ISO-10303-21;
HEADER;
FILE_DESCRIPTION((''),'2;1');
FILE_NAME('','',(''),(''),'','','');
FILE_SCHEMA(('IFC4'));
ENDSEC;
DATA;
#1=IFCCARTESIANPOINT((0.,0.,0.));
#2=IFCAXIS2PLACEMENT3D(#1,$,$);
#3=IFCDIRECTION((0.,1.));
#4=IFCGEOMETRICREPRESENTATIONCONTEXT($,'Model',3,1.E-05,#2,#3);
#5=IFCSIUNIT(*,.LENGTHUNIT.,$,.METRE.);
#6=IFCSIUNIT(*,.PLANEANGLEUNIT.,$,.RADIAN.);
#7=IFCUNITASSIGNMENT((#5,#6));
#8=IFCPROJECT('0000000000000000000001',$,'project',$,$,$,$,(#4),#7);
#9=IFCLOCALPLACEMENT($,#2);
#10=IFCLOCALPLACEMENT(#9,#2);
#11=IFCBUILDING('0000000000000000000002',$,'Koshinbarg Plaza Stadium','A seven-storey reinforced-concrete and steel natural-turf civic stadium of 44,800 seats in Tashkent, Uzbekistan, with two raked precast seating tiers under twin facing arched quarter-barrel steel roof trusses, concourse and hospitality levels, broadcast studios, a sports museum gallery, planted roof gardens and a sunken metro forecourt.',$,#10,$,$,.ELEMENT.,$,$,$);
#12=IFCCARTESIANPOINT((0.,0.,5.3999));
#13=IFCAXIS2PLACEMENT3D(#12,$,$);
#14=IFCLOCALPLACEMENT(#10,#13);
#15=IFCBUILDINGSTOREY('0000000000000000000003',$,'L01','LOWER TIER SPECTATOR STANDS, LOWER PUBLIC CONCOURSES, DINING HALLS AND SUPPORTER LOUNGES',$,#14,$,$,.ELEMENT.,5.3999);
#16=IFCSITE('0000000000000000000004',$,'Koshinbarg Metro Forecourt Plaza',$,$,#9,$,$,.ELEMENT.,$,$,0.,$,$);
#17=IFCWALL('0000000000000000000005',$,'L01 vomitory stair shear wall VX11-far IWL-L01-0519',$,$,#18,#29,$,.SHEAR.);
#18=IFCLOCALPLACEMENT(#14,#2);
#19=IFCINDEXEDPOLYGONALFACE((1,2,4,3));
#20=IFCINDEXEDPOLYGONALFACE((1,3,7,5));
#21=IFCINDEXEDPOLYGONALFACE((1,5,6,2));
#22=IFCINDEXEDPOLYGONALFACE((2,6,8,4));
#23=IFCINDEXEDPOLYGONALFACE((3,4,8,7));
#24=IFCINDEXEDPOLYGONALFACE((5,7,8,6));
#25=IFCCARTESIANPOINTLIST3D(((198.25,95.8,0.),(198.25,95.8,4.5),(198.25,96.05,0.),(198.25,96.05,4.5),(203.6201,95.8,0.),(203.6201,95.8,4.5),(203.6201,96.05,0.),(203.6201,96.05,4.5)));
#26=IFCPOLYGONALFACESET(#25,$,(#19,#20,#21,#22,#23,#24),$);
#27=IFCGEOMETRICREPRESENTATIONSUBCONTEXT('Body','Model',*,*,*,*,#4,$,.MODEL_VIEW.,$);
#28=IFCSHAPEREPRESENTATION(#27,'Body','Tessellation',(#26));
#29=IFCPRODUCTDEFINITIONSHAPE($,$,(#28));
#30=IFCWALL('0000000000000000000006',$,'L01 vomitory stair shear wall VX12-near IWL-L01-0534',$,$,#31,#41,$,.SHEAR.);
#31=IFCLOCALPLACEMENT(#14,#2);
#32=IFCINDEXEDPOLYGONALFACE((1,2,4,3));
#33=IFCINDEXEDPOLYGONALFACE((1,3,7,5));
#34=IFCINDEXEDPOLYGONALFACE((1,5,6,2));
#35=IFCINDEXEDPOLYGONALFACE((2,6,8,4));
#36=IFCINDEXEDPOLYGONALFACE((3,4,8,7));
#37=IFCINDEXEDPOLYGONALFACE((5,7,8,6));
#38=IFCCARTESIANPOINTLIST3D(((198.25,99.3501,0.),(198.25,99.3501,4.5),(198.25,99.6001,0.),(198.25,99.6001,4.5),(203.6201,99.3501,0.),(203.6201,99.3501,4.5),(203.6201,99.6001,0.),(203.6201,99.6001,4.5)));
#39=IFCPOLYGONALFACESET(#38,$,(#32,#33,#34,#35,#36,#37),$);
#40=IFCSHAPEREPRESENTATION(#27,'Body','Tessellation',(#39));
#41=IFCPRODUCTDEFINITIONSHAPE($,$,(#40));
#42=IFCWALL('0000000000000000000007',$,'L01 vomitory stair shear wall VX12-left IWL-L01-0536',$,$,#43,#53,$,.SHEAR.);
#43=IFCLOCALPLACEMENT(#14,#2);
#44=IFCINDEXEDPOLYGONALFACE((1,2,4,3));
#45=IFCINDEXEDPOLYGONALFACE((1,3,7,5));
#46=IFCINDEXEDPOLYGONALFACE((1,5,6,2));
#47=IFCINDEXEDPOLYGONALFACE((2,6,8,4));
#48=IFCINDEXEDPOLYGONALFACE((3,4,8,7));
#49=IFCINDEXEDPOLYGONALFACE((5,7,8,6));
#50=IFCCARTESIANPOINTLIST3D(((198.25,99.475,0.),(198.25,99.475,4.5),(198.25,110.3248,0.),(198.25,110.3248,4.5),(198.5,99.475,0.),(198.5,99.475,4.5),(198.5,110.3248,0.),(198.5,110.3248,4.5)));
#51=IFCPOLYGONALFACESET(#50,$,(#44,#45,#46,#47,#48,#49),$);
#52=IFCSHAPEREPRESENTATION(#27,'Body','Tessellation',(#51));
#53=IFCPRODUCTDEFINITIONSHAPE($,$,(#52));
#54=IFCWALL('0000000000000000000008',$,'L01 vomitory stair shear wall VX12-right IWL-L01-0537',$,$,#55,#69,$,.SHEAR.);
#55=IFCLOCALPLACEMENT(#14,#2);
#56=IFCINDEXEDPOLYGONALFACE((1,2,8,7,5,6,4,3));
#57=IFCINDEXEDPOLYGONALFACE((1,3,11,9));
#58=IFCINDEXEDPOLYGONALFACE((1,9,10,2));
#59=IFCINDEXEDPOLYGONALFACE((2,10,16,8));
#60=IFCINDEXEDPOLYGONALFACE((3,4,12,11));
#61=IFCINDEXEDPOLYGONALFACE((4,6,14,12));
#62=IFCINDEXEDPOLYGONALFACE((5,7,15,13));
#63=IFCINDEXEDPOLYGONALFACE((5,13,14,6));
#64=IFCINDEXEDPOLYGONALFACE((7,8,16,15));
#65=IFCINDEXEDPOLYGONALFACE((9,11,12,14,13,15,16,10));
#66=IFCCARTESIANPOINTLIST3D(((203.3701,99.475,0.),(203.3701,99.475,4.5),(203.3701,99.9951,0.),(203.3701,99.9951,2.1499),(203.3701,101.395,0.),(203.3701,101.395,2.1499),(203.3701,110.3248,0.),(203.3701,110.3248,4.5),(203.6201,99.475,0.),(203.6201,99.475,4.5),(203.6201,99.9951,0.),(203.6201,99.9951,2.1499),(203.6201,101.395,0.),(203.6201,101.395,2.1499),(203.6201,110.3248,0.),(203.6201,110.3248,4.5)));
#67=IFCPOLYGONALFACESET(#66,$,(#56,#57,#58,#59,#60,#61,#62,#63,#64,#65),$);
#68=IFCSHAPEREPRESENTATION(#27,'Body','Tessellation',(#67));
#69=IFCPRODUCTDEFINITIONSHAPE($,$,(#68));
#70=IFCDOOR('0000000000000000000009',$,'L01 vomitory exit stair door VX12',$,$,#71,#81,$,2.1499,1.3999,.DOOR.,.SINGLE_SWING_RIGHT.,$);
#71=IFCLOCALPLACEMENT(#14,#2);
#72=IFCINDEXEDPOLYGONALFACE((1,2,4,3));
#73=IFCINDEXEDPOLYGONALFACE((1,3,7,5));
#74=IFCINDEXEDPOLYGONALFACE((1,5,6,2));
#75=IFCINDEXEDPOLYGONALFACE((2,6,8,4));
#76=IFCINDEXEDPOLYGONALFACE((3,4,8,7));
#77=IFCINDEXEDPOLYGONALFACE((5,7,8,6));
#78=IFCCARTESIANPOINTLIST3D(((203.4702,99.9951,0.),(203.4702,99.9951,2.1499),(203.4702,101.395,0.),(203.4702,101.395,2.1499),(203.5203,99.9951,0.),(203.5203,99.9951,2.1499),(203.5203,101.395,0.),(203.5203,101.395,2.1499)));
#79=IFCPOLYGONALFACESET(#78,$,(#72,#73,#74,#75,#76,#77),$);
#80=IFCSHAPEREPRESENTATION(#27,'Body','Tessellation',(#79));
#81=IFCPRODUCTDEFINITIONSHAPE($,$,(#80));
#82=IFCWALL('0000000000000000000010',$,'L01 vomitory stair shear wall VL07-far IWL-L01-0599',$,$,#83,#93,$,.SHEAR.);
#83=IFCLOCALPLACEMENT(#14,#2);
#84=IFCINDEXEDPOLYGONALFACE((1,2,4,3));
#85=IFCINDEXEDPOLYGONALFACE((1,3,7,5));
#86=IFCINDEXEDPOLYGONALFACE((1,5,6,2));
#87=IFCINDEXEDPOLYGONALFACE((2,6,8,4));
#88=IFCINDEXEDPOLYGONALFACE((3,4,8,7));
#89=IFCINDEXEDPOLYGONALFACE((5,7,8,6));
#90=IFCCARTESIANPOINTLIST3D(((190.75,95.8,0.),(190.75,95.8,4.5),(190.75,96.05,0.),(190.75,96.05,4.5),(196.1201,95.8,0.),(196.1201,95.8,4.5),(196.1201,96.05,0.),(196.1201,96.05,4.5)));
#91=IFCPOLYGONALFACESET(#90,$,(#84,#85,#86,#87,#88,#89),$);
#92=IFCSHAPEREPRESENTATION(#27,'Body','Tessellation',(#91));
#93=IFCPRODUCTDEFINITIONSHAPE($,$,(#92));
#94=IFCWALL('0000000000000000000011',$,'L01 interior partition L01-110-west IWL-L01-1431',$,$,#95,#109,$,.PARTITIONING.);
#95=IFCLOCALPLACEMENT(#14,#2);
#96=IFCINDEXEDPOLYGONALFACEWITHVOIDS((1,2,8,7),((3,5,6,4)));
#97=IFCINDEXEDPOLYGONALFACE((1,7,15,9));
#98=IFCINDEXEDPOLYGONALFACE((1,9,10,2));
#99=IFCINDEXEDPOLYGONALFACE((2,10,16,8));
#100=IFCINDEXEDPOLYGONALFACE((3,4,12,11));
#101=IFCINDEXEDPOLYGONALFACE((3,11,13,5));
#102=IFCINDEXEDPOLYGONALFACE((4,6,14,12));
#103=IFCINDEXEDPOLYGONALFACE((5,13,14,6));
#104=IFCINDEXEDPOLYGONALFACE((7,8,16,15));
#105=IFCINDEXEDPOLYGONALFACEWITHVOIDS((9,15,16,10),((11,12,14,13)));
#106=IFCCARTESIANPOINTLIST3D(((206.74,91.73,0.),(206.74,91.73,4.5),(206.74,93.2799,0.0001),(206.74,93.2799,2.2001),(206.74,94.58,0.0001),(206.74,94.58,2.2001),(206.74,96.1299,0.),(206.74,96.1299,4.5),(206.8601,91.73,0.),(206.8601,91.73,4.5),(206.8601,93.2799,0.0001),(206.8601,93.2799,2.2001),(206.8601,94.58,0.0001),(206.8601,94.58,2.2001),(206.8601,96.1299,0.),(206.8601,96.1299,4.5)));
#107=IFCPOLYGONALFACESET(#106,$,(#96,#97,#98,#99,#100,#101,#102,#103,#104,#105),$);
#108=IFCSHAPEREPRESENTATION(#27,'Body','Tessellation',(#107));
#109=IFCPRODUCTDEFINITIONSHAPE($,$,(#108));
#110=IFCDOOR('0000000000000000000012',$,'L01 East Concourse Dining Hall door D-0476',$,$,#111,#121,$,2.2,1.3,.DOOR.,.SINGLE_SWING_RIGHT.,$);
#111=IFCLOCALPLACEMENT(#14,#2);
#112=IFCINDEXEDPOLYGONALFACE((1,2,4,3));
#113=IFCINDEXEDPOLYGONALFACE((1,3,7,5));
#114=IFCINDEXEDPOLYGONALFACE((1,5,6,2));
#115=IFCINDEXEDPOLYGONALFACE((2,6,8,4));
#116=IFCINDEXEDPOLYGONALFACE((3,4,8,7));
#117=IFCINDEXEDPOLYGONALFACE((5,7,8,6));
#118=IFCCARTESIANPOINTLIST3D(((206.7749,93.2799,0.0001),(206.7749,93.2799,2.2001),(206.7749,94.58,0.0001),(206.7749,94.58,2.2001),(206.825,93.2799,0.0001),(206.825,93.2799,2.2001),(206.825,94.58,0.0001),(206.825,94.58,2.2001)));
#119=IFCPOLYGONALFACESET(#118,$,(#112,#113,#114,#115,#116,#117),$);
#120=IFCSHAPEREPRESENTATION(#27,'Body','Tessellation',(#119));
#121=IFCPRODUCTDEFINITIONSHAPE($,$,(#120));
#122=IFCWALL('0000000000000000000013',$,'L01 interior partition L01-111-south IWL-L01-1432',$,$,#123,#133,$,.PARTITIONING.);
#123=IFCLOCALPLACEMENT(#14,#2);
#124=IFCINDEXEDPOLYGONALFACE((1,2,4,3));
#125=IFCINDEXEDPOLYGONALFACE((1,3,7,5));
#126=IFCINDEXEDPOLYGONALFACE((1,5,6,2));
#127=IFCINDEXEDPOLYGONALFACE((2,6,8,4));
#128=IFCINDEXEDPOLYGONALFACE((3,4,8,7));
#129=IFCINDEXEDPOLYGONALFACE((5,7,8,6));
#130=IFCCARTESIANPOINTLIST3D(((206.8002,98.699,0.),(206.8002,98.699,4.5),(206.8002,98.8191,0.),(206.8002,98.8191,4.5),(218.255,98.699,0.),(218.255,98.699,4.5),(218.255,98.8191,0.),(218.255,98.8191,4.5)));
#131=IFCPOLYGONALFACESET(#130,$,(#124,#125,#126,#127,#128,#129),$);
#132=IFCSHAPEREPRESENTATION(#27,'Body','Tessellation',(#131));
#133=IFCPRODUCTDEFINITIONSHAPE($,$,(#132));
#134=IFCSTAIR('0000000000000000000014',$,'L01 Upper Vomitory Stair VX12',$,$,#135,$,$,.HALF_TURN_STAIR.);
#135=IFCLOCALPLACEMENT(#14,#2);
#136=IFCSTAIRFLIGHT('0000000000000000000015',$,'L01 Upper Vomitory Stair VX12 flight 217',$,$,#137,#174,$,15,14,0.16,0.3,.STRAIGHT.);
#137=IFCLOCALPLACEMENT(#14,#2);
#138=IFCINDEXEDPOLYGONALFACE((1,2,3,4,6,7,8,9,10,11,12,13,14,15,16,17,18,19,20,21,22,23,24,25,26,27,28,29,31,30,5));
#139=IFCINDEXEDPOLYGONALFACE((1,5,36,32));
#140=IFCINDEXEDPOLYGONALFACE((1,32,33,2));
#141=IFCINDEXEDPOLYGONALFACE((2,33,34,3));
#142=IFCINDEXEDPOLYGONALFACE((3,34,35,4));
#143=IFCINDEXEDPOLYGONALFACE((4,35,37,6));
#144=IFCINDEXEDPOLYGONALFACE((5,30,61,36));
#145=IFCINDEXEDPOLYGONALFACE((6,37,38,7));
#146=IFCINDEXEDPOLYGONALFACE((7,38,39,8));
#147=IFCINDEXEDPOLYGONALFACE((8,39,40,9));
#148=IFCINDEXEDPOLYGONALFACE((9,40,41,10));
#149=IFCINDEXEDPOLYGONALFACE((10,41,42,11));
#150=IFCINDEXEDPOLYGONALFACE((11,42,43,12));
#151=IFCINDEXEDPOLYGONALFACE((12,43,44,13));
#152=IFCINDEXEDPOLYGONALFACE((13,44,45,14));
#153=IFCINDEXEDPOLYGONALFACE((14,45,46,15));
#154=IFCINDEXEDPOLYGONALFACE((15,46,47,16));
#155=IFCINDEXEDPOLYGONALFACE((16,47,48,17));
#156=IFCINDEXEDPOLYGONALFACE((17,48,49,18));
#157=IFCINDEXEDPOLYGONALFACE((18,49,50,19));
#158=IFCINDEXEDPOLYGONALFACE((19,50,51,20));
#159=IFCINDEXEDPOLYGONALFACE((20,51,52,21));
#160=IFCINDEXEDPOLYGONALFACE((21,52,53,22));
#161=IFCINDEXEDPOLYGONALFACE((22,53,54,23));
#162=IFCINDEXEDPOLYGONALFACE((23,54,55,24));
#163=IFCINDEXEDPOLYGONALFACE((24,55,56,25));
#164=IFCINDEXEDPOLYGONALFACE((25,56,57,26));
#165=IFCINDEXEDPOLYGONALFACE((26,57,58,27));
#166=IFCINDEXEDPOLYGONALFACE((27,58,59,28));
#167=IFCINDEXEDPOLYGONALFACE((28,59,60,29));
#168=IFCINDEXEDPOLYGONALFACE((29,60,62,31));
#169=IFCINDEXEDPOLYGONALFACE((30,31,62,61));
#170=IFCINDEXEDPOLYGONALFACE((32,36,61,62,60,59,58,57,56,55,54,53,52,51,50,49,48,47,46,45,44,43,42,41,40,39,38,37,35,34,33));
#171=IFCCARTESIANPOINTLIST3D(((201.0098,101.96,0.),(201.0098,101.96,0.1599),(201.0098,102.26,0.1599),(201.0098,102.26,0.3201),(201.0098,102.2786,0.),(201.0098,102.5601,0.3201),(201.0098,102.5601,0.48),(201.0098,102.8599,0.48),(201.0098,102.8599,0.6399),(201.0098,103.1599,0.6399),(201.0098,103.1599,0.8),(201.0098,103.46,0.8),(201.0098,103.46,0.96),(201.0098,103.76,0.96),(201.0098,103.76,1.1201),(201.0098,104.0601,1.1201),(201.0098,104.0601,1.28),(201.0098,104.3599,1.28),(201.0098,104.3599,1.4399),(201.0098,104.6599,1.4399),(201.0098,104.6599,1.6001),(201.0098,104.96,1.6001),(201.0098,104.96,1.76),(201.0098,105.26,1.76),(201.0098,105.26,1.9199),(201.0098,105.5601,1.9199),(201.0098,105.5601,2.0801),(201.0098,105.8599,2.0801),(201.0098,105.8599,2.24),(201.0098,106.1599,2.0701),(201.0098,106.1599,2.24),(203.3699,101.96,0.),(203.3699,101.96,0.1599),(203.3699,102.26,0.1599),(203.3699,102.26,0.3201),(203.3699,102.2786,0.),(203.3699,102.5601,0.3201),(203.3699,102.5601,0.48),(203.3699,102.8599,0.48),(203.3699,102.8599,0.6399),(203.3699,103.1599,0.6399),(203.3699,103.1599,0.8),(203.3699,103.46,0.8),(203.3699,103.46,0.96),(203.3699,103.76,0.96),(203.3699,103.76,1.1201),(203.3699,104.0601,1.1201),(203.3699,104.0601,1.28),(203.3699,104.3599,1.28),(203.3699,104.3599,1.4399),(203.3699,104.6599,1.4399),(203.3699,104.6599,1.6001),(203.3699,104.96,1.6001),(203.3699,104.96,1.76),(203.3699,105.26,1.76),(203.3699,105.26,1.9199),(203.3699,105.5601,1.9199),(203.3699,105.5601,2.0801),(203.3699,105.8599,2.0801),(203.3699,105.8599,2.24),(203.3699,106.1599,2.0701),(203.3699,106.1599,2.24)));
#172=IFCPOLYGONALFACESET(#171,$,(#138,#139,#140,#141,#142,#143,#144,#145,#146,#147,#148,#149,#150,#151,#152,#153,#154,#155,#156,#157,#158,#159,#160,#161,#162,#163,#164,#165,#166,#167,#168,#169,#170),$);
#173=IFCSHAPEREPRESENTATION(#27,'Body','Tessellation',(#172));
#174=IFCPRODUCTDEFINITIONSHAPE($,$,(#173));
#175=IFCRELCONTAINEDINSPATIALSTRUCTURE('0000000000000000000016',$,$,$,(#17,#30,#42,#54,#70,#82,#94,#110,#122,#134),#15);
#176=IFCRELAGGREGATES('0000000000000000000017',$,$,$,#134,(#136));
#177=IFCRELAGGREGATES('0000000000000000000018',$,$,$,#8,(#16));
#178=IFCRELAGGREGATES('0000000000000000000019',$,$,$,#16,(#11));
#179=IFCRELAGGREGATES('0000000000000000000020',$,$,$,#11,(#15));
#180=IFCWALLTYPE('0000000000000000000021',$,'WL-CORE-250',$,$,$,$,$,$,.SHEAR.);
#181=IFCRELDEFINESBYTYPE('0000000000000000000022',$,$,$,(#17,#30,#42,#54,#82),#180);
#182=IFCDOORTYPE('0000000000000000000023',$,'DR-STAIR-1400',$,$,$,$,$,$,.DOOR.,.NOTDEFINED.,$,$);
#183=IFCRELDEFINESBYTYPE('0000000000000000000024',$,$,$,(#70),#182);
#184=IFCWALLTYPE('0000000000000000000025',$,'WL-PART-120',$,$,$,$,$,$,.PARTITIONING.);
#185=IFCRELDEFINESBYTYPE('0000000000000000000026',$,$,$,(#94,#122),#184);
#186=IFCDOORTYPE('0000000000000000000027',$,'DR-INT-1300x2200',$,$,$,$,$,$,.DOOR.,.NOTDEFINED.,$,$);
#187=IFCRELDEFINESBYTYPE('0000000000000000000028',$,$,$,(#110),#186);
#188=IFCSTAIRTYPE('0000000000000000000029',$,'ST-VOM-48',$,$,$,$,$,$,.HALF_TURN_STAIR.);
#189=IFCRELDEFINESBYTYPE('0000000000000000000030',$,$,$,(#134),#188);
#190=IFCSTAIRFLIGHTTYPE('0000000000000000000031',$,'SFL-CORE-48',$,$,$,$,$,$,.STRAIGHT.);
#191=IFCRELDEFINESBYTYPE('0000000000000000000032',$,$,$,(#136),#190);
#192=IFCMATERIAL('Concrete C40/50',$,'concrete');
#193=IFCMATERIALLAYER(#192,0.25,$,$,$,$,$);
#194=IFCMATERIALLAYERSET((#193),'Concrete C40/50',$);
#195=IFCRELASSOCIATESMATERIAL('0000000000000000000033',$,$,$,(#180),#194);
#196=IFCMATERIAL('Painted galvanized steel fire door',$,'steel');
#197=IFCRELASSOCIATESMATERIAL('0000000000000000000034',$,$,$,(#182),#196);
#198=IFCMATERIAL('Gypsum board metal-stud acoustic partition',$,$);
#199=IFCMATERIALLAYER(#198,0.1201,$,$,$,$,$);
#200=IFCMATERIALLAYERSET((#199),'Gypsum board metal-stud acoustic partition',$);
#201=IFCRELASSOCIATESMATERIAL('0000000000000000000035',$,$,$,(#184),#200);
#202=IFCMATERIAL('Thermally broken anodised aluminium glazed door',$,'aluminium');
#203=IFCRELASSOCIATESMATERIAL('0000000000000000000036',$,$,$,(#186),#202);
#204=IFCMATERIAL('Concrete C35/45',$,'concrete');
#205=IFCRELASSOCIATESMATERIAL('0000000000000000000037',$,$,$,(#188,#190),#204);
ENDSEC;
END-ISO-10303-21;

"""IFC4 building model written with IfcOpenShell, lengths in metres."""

from ifc_helpers import new_model, si_unit, direction, frame, frame_2d, origin, place, context, subcontext, project, spatial, polyline, rectangle, outline, extrude, material, layer, layer_set, type_object, element, fill, aggregate, save


model = new_model("IFC4")

# Units and contexts
model_context = context("Model", 3, precision=1e-05, world=origin(), true_north=direction((0.0, 1.0)))
body_context = subcontext(model_context, "Body", "Model", "MODEL_VIEW")
ifc_project = project(units=[si_unit("LENGTHUNIT", "METRE"), si_unit("PLANEANGLEUNIT", "RADIAN")], contexts=[model_context])

# Site, building, storey
site_placement = place(None, origin())
site = spatial("IfcSite", under=ifc_project, at=site_placement, Name="Koshinbarg Metro Forecourt Plaza", CompositionType="ELEMENT", RefElevation=0.0)
building_placement = place(site_placement, origin())
building = spatial("IfcBuilding", under=site, at=building_placement, Name="Koshinbarg Plaza Stadium", Description="A seven-storey reinforced-concrete and steel natural-turf civic stadium of 44,800 seats in Tashkent, Uzbekistan, with two raked precast seating tiers under twin facing arched quarter-barrel steel roof trusses, concourse and hospitality levels, broadcast studios, a sports museum gallery, planted roof gardens and a sunken metro forecourt.", CompositionType="ELEMENT")
storey_placement = place(building_placement, frame((0.0, 0.0, 5.3999)))
storey = spatial("IfcBuildingStorey", under=building, at=storey_placement, Name="L01", Description="LOWER TIER SPECTATOR STANDS, LOWER PUBLIC CONCOURSES, DINING HALLS AND SUPPORTER LOUNGES", CompositionType="ELEMENT", Elevation=5.3999)

# Shared definitions
ifc_material_1 = material(Name="Concrete C40/50", Category="concrete")

# Walls
ifc_layer_1 = layer(ifc_material_1, 0.25)
ifc_layer_set_1 = layer_set([ifc_layer_1], Name="Concrete C40/50")
wall_type_1 = type_object("IfcWallType", Name="WL-CORE-250", PredefinedType="SHEAR", material=ifc_layer_set_1)
for number, where, z_axis, x_axis, name in (
    (1, (203.6201, 95.925, 0.0), (0.0, 0.0, 1.0), (-1.0, 0.0, 0.0), "L01 vomitory stair shear wall VX11-far IWL-L01-0519"),
    (2, (198.25, 99.4751, 0.0), (0.0, 0.0, 1.0), (1.0, 0.0, 0.0), "L01 vomitory stair shear wall VX12-near IWL-L01-0534"),
):
    element("IfcWall", number, at=place(storey_placement, frame(where, z_axis=z_axis, x_axis=x_axis)), inside=storey, type_object=wall_type_1, Name=name, PredefinedType="SHEAR", context=body_context, shape_type="SweptSolid", body=[
        extrude(rectangle(XDim=5.3701, YDim=0.25, at=frame_2d((2.6851, 0.0))), origin(), (0.0, 0.0, 1.0), 4.5),
    ])
wall_1_placement = place(storey_placement, frame((198.375, 99.4751, 0.0), z_axis=(0.0, 0.0, 1.0), x_axis=(0.0, 1.0, 0.0)))
element("IfcWall", 3, at=wall_1_placement, inside=storey, type_object=wall_type_1, Name="L01 vomitory stair shear wall VX12-left IWL-L01-0536", PredefinedType="SHEAR", context=body_context, shape_type="SweptSolid", body=[
    extrude(rectangle(XDim=10.8499, YDim=0.25, at=frame_2d((5.4248, 0.0))), origin(), (0.0, 0.0, 1.0), 4.5),
])

# Wall, opening, door
wall_2_placement = place(storey_placement, frame((203.4951, 99.4751, 0.0), z_axis=(0.0, 0.0, 1.0), x_axis=(0.0, 1.0, 0.0)))
wall_2 = element("IfcWall", 4, at=wall_2_placement, inside=storey, type_object=wall_type_1, Name="L01 vomitory stair shear wall VX12-right IWL-L01-0537", PredefinedType="SHEAR", context=body_context, shape_type="SweptSolid", body=[
    extrude(rectangle(XDim=10.8499, YDim=0.25, at=frame_2d((5.4248, 0.0))), origin(), (0.0, 0.0, 1.0), 4.5),
])
opening_1_placement = place(wall_2_placement, frame((0.52, 0.0, 0.0)))
opening_1 = element("IfcOpeningElement", 5, at=opening_1_placement, cuts=wall_2, PredefinedType="OPENING", context=body_context, shape_type="SweptSolid", body=[
    extrude(rectangle(XDim=1.3999, YDim=2.1499, at=frame_2d((0.7, 1.075))), frame((0.0, 0.135, 0.0), z_axis=(0.0, -1.0, 0.0), x_axis=(1.0, 0.0, 0.0)), (0.0, 0.0, 1.0), 0.27),
])
ifc_material_2 = material(Name="Painted galvanized steel fire door", Category="steel")
door_type_1 = type_object("IfcDoorType", Name="DR-STAIR-1400", OperationType="NOTDEFINED", PredefinedType="DOOR", material=ifc_material_2)
door_1_placement = place(opening_1_placement, origin())
door_1 = element("IfcDoor", 6, at=door_1_placement, inside=storey, type_object=door_type_1, Name="L01 vomitory exit stair door VX12", OperationType="SINGLE_SWING_RIGHT", OverallHeight=2.1499, OverallWidth=1.3999, PredefinedType="DOOR", context=body_context, shape_type="SweptSolid", body=[
    extrude(rectangle(XDim=1.3999, YDim=2.1499, at=frame_2d((0.7, 1.075))), frame((0.0, 0.0249, 0.0), z_axis=(0.0, -1.0, 0.0), x_axis=(1.0, 0.0, 0.0)), (0.0, 0.0, 1.0), 0.05),
])
fill(opening_1, door_1)

# Wall
wall_3_placement = place(storey_placement, frame((196.1201, 95.925, 0.0), z_axis=(0.0, 0.0, 1.0), x_axis=(-1.0, 0.0, 0.0)))
element("IfcWall", 7, at=wall_3_placement, inside=storey, type_object=wall_type_1, Name="L01 vomitory stair shear wall VL07-far IWL-L01-0599", PredefinedType="SHEAR", context=body_context, shape_type="SweptSolid", body=[
    extrude(rectangle(XDim=5.3701, YDim=0.25, at=frame_2d((2.6851, 0.0))), origin(), (0.0, 0.0, 1.0), 4.5),
])

# Wall, opening, door
ifc_material_3 = material(Name="Gypsum board metal-stud acoustic partition")
ifc_layer_2 = layer(ifc_material_3, 0.1201)
ifc_layer_set_2 = layer_set([ifc_layer_2], Name="Gypsum board metal-stud acoustic partition")
wall_type_2 = type_object("IfcWallType", Name="WL-PART-120", PredefinedType="PARTITIONING", material=ifc_layer_set_2)
wall_4_placement = place(storey_placement, frame((206.8, 96.1299, 0.0), z_axis=(0.0, 0.0, 1.0), x_axis=(0.0, -1.0, 0.0)))
wall_4 = element("IfcWall", 8, at=wall_4_placement, inside=storey, type_object=wall_type_2, Name="L01 interior partition L01-110-west IWL-L01-1431", PredefinedType="PARTITIONING", context=body_context, shape_type="SweptSolid", body=[
    extrude(rectangle(XDim=4.3999, YDim=0.1201, at=frame_2d((2.2, 0.0))), origin(), (0.0, 0.0, 1.0), 4.5),
])
opening_2_placement = place(wall_4_placement, frame((1.55, 0.0, 0.0)))
opening_2 = element("IfcOpeningElement", 9, at=opening_2_placement, cuts=wall_4, PredefinedType="OPENING", context=body_context, shape_type="SweptSolid", body=[
    extrude(rectangle(XDim=1.3, YDim=2.2, at=frame_2d((0.6499, 1.1001))), frame((0.0, 0.0701, 0.0), z_axis=(0.0, -1.0, 0.0), x_axis=(1.0, 0.0, 0.0)), (0.0, 0.0, 1.0), 0.1401),
])
ifc_material_4 = material(Name="Thermally broken anodised aluminium glazed door", Category="aluminium")
door_type_2 = type_object("IfcDoorType", Name="DR-INT-1300x2200", OperationType="NOTDEFINED", PredefinedType="DOOR", material=ifc_material_4)
door_2_placement = place(opening_2_placement, origin())
door_2 = element("IfcDoor", 10, at=door_2_placement, inside=storey, type_object=door_type_2, Name="L01 East Concourse Dining Hall door D-0476", OperationType="SINGLE_SWING_RIGHT", OverallHeight=2.2, OverallWidth=1.3, PredefinedType="DOOR", context=body_context, shape_type="SweptSolid", body=[
    extrude(rectangle(XDim=1.3, YDim=2.2, at=frame_2d((0.6499, 1.1001))), frame((0.0, 0.0249, 0.0), z_axis=(0.0, -1.0, 0.0), x_axis=(1.0, 0.0, 0.0)), (0.0, 0.0, 1.0), 0.05),
])
fill(opening_2, door_2)

# Wall
wall_5_placement = place(storey_placement, frame((206.8, 98.759, 0.0), z_axis=(0.0, 0.0, 1.0), x_axis=(1.0, 0.0, 0.0)))
element("IfcWall", 11, at=wall_5_placement, inside=storey, type_object=wall_type_2, Name="L01 interior partition L01-111-south IWL-L01-1432", PredefinedType="PARTITIONING", context=body_context, shape_type="SweptSolid", body=[
    extrude(rectangle(XDim=11.4548, YDim=0.1201, at=frame_2d((5.7275, 0.0))), origin(), (0.0, 0.0, 1.0), 4.5),
])

# Stair, stair flight
ifc_material_5 = material(Name="Concrete C35/45", Category="concrete")
stair_type = type_object("IfcStairType", Name="ST-VOM-48", PredefinedType="HALF_TURN_STAIR", material=ifc_material_5)
stair_placement = place(storey_placement, origin())
stair = element("IfcStair", 12, at=stair_placement, inside=storey, type_object=stair_type, Name="L01 Upper Vomitory Stair VX12", PredefinedType="HALF_TURN_STAIR")
stair_flight_type = type_object("IfcStairFlightType", Name="SFL-CORE-48", PredefinedType="STRAIGHT", material=ifc_material_5)
stair_flight_1_placement = place(storey_placement, frame((202.1899, 101.96, 0.0), z_axis=(0.0, 0.0, 1.0), x_axis=(0.0, 1.0, 0.0)))
stair_flight_1 = element("IfcStairFlight", 13, at=stair_flight_1_placement, type_object=stair_flight_type, Name="L01 Upper Vomitory Stair VX12 flight 217", NumberOfRisers=15, NumberOfTreads=14, PredefinedType="STRAIGHT", RiserHeight=0.16, TreadLength=0.3, context=body_context, shape_type="SweptSolid", body=[
    extrude(outline(polyline([(0.0, 0.0), (0.0, 0.1599), (0.3, 0.1599), (0.3, 0.3201), (0.6001, 0.3201), (0.6001, 0.48), (0.8999, 0.48), (0.8999, 0.6399), (1.2, 0.6399), (1.2, 0.8), (1.5, 0.8), (1.5, 0.96), (1.8, 0.96), (1.8, 1.1201), (2.1001, 1.1201), (2.1001, 1.28), (2.3999, 1.28), (2.3999, 1.4399), (2.7, 1.4399), (2.7, 1.6001), (3.0, 1.6001), (3.0, 1.76), (3.3, 1.76), (3.3, 1.9199), (3.6001, 1.9199), (3.6001, 2.0801), (3.8999, 2.0801), (3.8999, 2.24), (4.2, 2.24), (4.2, 2.3999), (4.2, 2.0701), (0.3186, 0.0), (0.0, 0.0)])), frame((0.0, 1.1802, 0.0), z_axis=(0.0, -1.0, 0.0), x_axis=(1.0, 0.0, 0.0)), (0.0, 0.0, 1.0), 2.3601),
])
aggregate(stair, [stair_flight_1])

save(model, "model.ifc")
